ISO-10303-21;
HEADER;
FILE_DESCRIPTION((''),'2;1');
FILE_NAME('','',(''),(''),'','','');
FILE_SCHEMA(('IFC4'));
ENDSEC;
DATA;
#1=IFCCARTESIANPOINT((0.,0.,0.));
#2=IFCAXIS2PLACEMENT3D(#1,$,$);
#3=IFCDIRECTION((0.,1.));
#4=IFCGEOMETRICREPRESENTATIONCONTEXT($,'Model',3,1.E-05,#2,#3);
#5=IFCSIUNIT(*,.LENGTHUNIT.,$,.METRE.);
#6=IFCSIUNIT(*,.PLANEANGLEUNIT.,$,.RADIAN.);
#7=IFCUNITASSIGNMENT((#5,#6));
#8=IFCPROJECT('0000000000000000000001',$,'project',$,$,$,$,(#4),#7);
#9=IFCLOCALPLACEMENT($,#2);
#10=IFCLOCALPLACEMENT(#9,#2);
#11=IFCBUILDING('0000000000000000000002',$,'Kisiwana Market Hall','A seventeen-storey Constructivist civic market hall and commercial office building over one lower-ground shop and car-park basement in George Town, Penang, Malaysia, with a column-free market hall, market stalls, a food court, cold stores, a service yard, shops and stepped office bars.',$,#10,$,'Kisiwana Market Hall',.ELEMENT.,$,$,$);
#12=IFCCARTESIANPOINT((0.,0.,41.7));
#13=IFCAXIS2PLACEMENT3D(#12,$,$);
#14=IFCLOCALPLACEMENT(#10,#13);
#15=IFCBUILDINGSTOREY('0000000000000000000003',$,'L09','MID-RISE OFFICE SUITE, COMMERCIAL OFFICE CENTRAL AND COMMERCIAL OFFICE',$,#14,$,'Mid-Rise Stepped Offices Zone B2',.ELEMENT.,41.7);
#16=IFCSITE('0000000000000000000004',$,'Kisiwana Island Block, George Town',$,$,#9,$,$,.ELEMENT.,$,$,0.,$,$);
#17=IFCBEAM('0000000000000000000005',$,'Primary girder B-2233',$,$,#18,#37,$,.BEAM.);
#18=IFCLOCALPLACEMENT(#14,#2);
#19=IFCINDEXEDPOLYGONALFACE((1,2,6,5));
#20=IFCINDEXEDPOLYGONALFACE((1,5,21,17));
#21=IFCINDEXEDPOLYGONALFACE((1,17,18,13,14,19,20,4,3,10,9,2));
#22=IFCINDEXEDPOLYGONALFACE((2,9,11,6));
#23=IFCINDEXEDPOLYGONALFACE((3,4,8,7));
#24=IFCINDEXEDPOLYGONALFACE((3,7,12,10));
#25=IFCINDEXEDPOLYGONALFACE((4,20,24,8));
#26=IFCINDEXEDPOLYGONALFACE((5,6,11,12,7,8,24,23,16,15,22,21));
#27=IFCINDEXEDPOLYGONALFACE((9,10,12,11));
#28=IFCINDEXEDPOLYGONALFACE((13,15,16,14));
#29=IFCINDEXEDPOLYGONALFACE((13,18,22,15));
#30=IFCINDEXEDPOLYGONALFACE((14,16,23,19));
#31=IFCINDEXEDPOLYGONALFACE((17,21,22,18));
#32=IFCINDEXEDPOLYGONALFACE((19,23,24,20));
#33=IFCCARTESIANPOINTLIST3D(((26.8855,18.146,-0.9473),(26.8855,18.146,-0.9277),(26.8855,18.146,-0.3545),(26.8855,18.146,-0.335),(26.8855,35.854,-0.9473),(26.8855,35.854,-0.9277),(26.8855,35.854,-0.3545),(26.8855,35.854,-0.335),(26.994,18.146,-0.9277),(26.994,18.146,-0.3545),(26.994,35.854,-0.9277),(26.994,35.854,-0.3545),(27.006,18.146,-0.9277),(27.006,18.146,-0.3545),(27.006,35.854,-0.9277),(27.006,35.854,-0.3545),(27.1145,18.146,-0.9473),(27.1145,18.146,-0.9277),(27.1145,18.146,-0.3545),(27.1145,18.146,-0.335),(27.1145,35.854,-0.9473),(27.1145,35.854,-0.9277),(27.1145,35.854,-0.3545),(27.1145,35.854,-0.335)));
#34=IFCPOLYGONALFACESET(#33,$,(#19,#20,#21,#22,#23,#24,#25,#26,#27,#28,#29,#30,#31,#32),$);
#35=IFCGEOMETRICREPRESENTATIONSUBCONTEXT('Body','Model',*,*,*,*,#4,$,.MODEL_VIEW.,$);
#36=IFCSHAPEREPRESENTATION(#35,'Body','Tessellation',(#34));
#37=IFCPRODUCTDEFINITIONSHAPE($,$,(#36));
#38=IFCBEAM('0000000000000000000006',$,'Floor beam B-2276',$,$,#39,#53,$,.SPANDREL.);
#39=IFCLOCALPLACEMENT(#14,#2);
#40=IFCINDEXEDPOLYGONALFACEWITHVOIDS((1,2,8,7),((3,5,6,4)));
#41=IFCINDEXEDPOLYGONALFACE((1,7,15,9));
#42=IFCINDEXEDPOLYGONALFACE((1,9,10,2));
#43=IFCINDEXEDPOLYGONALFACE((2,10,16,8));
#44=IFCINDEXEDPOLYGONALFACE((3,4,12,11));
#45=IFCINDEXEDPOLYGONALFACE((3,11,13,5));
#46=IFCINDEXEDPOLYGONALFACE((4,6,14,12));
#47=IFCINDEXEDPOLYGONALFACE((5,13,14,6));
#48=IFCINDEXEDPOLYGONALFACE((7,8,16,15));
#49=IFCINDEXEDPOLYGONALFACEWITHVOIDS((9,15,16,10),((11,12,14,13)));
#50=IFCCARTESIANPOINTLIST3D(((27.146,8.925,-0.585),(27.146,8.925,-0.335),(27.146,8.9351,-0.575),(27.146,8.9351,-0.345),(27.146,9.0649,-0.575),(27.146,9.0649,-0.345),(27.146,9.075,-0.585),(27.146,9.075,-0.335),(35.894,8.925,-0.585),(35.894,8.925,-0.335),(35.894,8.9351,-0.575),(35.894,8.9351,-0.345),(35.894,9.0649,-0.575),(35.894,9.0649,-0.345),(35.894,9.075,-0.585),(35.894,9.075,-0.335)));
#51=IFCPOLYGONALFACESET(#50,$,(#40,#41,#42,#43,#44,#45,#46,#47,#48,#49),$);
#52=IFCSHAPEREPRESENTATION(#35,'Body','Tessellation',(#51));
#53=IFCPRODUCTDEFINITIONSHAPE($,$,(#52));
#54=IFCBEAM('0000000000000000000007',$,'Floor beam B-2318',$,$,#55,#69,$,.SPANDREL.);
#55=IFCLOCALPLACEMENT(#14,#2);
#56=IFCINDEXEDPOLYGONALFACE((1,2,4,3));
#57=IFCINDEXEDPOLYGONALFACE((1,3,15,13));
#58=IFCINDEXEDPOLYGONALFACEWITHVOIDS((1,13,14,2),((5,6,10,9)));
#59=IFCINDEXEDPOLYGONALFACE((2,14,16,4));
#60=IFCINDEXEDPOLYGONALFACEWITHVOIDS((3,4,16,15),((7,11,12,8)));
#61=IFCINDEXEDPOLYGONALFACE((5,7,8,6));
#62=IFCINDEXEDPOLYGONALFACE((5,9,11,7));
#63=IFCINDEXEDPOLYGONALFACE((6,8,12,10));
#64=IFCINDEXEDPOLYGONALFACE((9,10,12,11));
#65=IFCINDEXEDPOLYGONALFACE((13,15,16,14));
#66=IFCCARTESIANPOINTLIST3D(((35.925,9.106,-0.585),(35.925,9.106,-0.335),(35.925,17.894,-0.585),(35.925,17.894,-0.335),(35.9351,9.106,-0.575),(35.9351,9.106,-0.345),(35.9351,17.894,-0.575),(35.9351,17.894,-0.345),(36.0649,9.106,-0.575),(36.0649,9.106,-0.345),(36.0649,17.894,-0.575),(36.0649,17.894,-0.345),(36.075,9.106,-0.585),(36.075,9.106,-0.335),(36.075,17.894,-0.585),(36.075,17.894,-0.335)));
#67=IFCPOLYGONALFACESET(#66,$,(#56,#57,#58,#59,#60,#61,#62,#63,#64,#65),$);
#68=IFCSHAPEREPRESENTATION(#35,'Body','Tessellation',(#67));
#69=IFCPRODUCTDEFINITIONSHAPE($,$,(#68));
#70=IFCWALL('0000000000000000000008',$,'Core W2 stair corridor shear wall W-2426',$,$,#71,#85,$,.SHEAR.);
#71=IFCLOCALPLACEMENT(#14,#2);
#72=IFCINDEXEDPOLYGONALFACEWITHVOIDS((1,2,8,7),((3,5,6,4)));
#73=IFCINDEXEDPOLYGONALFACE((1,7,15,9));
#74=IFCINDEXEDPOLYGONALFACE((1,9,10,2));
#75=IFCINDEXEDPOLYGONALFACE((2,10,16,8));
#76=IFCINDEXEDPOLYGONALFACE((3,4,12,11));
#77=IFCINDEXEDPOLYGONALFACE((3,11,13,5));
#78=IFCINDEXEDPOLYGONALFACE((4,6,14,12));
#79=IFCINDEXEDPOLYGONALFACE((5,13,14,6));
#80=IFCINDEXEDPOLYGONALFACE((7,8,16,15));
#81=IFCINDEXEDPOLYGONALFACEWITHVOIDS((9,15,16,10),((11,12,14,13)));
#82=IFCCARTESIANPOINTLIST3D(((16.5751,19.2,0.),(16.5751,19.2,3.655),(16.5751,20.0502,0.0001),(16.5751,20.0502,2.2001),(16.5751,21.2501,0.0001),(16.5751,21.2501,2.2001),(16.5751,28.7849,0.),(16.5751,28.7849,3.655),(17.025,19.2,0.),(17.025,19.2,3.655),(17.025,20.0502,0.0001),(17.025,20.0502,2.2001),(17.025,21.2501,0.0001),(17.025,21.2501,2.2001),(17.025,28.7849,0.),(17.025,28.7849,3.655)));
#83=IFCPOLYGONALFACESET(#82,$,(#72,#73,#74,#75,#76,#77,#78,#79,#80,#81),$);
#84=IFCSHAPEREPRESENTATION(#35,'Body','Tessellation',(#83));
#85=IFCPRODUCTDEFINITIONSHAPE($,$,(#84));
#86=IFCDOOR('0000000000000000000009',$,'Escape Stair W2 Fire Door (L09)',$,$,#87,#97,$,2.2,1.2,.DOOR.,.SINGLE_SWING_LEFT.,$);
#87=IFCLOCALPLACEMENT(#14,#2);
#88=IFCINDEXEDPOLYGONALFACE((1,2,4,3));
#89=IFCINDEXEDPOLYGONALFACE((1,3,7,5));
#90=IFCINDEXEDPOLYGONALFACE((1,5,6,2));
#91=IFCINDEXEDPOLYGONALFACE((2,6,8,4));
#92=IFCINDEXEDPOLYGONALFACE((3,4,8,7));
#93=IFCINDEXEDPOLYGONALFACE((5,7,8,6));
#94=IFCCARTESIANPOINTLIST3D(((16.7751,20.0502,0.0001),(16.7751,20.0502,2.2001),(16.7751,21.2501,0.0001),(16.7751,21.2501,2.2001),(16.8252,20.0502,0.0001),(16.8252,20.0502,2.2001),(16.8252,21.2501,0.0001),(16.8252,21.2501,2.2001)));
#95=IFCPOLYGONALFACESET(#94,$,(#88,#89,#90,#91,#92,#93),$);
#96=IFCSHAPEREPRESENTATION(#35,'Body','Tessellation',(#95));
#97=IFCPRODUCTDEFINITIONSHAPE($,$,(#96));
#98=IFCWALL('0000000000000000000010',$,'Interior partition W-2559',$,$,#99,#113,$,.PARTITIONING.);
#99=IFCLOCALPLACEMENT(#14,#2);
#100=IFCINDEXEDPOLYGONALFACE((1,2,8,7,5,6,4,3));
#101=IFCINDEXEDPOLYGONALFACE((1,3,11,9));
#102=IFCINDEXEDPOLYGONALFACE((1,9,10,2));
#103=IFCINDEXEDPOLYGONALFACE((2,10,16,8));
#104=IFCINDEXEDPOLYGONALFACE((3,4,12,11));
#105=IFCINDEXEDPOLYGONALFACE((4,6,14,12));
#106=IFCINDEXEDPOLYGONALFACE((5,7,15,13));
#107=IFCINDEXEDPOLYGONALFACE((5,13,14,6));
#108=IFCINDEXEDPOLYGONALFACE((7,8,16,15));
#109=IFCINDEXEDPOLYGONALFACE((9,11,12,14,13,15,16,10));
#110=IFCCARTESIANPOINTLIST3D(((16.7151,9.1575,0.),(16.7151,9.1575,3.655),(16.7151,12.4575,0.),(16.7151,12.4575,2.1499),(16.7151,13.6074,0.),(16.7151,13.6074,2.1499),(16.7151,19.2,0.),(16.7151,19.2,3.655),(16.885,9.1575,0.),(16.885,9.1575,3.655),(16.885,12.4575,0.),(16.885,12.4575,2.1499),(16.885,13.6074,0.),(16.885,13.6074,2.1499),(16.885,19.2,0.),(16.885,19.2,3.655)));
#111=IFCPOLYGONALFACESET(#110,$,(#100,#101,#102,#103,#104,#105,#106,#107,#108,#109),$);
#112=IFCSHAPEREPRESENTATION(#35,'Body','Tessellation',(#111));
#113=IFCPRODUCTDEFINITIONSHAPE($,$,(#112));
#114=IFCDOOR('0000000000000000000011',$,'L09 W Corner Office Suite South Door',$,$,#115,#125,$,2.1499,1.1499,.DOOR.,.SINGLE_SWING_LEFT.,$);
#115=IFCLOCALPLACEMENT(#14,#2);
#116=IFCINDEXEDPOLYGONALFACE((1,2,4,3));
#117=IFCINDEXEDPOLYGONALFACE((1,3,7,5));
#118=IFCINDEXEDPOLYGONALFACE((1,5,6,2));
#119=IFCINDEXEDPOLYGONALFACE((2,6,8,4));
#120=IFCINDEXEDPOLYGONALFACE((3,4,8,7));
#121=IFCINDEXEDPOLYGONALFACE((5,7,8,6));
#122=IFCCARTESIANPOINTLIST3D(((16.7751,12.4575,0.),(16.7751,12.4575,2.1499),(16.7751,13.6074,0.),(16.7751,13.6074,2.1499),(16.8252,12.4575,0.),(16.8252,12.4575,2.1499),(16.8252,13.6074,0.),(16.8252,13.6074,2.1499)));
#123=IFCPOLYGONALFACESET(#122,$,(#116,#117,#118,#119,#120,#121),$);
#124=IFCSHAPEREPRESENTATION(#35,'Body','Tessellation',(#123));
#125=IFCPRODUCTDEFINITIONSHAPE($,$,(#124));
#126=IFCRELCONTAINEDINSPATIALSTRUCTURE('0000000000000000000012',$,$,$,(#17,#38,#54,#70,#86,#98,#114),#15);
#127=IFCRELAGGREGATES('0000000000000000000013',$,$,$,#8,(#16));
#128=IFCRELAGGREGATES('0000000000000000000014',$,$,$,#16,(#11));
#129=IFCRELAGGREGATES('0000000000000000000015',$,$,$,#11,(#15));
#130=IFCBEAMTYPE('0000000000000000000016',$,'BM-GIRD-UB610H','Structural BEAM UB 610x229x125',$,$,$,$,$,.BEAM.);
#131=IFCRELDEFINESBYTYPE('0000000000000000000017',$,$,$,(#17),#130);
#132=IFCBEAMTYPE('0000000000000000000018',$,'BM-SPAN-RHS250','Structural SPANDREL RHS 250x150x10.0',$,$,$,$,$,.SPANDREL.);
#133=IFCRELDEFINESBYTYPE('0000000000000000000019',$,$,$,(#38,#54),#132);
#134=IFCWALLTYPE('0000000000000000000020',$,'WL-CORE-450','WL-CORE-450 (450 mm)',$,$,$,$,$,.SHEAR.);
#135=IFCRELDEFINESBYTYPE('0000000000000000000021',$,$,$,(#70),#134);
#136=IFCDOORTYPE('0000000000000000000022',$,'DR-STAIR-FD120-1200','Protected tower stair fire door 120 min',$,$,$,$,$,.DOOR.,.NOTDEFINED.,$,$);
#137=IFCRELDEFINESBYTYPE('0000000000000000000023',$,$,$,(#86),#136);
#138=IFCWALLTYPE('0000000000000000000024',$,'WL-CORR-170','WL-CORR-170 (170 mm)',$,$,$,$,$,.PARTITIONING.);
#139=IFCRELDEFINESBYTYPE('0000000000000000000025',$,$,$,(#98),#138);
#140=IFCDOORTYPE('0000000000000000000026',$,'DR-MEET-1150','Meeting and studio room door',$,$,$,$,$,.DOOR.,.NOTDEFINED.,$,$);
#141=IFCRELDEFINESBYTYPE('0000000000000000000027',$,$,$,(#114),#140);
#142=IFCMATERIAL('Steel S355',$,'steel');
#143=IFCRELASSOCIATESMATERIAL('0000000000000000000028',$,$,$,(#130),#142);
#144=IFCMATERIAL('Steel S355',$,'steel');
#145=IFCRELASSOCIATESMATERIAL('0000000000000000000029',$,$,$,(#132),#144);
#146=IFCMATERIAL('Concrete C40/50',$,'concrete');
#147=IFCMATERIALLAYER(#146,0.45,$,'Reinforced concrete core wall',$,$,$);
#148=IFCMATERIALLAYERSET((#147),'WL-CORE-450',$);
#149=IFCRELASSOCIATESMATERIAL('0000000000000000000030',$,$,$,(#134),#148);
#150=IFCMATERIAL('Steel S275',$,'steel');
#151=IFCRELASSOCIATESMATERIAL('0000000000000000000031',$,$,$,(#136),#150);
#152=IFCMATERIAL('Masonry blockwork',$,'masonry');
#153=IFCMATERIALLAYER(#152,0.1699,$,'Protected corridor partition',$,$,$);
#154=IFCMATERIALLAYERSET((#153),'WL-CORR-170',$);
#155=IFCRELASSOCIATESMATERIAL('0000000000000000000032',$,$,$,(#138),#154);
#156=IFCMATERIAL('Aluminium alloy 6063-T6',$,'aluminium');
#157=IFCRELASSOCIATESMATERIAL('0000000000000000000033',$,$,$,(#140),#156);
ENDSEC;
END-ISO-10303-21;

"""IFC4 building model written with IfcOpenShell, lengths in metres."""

from ifc_helpers import new_model, si_unit, direction, frame, frame_2d, origin, origin_2d, place, context, subcontext, project, spatial, rectangle, hollow_rectangle, i_section, extrude, material, layer, layer_set, material_profile, profile_set, type_object, element, fill, save


model = new_model("IFC4")

# Units and contexts
model_context = context("Model", 3, precision=1e-05, world=origin(), true_north=direction((0.0, 1.0)))
body_context = subcontext(model_context, "Body", "Model", "MODEL_VIEW")
ifc_project = project(units=[si_unit("LENGTHUNIT", "METRE"), si_unit("PLANEANGLEUNIT", "RADIAN")], contexts=[model_context])

# Site, building, storey
site_placement = place(None, origin())
site = spatial("IfcSite", under=ifc_project, at=site_placement, Name="Kisiwana Island Block, George Town", CompositionType="ELEMENT", RefElevation=0.0)
building_placement = place(site_placement, origin())
building = spatial("IfcBuilding", under=site, at=building_placement, Name="Kisiwana Market Hall", Description="A seventeen-storey Constructivist civic market hall and commercial office building over one lower-ground shop and car-park basement in George Town, Penang, Malaysia, with a column-free market hall, market stalls, a food court, cold stores, a service yard, shops and stepped office bars.", LongName="Kisiwana Market Hall", CompositionType="ELEMENT")
storey_placement = place(building_placement, frame((0.0, 0.0, 41.7)))
storey = spatial("IfcBuildingStorey", under=building, at=storey_placement, Name="L09", Description="MID-RISE OFFICE SUITE, COMMERCIAL OFFICE CENTRAL AND COMMERCIAL OFFICE", LongName="Mid-Rise Stepped Offices Zone B2", CompositionType="ELEMENT", Elevation=41.7)

# Beams
ifc_material_1 = material(Name="Steel S355", Category="steel")
ifc_material_profile_1 = material_profile(ifc_material_1, i_section(OverallWidth=0.229, OverallDepth=0.6123, WebThickness=0.012, FlangeThickness=0.0195, at=origin_2d()), Name="UB 610x229x125")
ifc_profile_set_1 = profile_set([ifc_material_profile_1], Name="Steel S355")
beam_type_1 = type_object("IfcBeamType", Name="BM-GIRD-UB610H", Description="Structural BEAM UB 610x229x125", PredefinedType="BEAM", material=ifc_profile_set_1)
beam_1_placement = place(storey_placement, frame((27.0, 18.146, -0.6411), z_axis=(0.0, 1.0, 0.0), x_axis=(-1.0, 0.0, 0.0)))
element("IfcBeam", 1, at=beam_1_placement, inside=storey, type_object=beam_type_1, Name="Primary girder B-2233", PredefinedType="BEAM", context=body_context, shape_type="SweptSolid", body=[
    extrude(i_section(OverallWidth=0.229, OverallDepth=0.6123, WebThickness=0.012, FlangeThickness=0.0195, at=origin_2d()), origin(), (0.0, 0.0, 1.0), 17.708),
])
ifc_material_2 = material(Name="Steel S355", Category="steel")
ifc_material_profile_2 = material_profile(ifc_material_2, hollow_rectangle(XDim=0.1499, YDim=0.25, WallThickness=0.01, at=origin_2d()), Name="RHS 250x150x10.0")
ifc_profile_set_2 = profile_set([ifc_material_profile_2], Name="Steel S355")
beam_type_2 = type_object("IfcBeamType", Name="BM-SPAN-RHS250", Description="Structural SPANDREL RHS 250x150x10.0", PredefinedType="SPANDREL", material=ifc_profile_set_2)
beam_2_placement = place(storey_placement, frame((27.146, 9.0, -0.46), z_axis=(1.0, 0.0, 0.0), x_axis=(0.0, 1.0, 0.0)))
element("IfcBeam", 2, at=beam_2_placement, inside=storey, type_object=beam_type_2, Name="Floor beam B-2276", PredefinedType="SPANDREL", context=body_context, shape_type="SweptSolid", body=[
    extrude(hollow_rectangle(XDim=0.1499, YDim=0.25, WallThickness=0.01, at=origin_2d()), origin(), (0.0, 0.0, 1.0), 8.748),
])
beam_3_placement = place(storey_placement, frame((36.0, 9.106, -0.46), z_axis=(0.0, 1.0, 0.0), x_axis=(-1.0, 0.0, 0.0)))
element("IfcBeam", 3, at=beam_3_placement, inside=storey, type_object=beam_type_2, Name="Floor beam B-2318", PredefinedType="SPANDREL", context=body_context, shape_type="SweptSolid", body=[
    extrude(hollow_rectangle(XDim=0.1499, YDim=0.25, WallThickness=0.01, at=origin_2d()), origin(), (0.0, 0.0, 1.0), 8.7881),
])

# Walls, openings, doors
ifc_material_3 = material(Name="Concrete C40/50", Category="concrete")
ifc_layer_1 = layer(ifc_material_3, 0.45, Name="Reinforced concrete core wall")
ifc_layer_set_1 = layer_set([ifc_layer_1], Name="WL-CORE-450")
wall_type_1 = type_object("IfcWallType", Name="WL-CORE-450", Description="WL-CORE-450 (450 mm)", PredefinedType="SHEAR", material=ifc_layer_set_1)
wall_1_placement = place(storey_placement, frame((16.8, 19.2, 0.0), z_axis=(0.0, 0.0, 1.0), x_axis=(0.0, 1.0, 0.0)))
wall_1 = element("IfcWall", 4, at=wall_1_placement, inside=storey, type_object=wall_type_1, Name="Core W2 stair corridor shear wall W-2426", PredefinedType="SHEAR", context=body_context, shape_type="SweptSolid", body=[
    extrude(rectangle(XDim=9.585, YDim=0.45, at=frame_2d((4.7925, 0.0))), origin(), (0.0, 0.0, 1.0), 3.655),
])
opening_1_placement = place(wall_1_placement, frame((0.8501, 0.0, 0.0)))
opening_1 = element("IfcOpeningElement", 5, at=opening_1_placement, cuts=wall_1, PredefinedType="OPENING", context=body_context, shape_type="SweptSolid", body=[
    extrude(rectangle(XDim=1.2, YDim=2.2, at=frame_2d((0.6001, 1.1001))), frame((0.0, 0.2368, 0.0), z_axis=(0.0, -1.0, 0.0), x_axis=(1.0, 0.0, 0.0)), (0.0, 0.0, 1.0), 0.4739),
])
ifc_material_4 = material(Name="Steel S275", Category="steel")
door_type_1 = type_object("IfcDoorType", Name="DR-STAIR-FD120-1200", Description="Protected tower stair fire door 120 min", OperationType="NOTDEFINED", PredefinedType="DOOR", material=ifc_material_4)
door_1_placement = place(opening_1_placement, origin())
door_1 = element("IfcDoor", 6, at=door_1_placement, inside=storey, type_object=door_type_1, Name="Escape Stair W2 Fire Door (L09)", OperationType="SINGLE_SWING_LEFT", OverallHeight=2.2, OverallWidth=1.2, PredefinedType="DOOR", context=body_context, shape_type="SweptSolid", body=[
    extrude(rectangle(XDim=1.2, YDim=2.2, at=frame_2d((0.6001, 1.1001))), frame((0.0, 0.0249, 0.0), z_axis=(0.0, -1.0, 0.0), x_axis=(1.0, 0.0, 0.0)), (0.0, 0.0, 1.0), 0.05),
])
fill(opening_1, door_1)
ifc_material_5 = material(Name="Masonry blockwork", Category="masonry")
ifc_layer_2 = layer(ifc_material_5, 0.1699, Name="Protected corridor partition")
ifc_layer_set_2 = layer_set([ifc_layer_2], Name="WL-CORR-170")
wall_type_2 = type_object("IfcWallType", Name="WL-CORR-170", Description="WL-CORR-170 (170 mm)", PredefinedType="PARTITIONING", material=ifc_layer_set_2)
wall_2_placement = place(storey_placement, frame((16.8, 9.1575, 0.0), z_axis=(0.0, 0.0, 1.0), x_axis=(0.0, 1.0, 0.0)))
wall_2 = element("IfcWall", 7, at=wall_2_placement, inside=storey, type_object=wall_type_2, Name="Interior partition W-2559", PredefinedType="PARTITIONING", context=body_context, shape_type="SweptSolid", body=[
    extrude(rectangle(XDim=10.0425, YDim=0.1699, at=frame_2d((5.0212, 0.0))), origin(), (0.0, 0.0, 1.0), 3.655),
])
opening_2_placement = place(wall_2_placement, frame((3.3, 0.0, 0.0)))
opening_2 = element("IfcOpeningElement", 8, at=opening_2_placement, cuts=wall_2, PredefinedType="OPENING", context=body_context, shape_type="SweptSolid", body=[
    extrude(rectangle(XDim=1.1499, YDim=2.1499, at=frame_2d((0.575, 1.075))), frame((0.0, 0.0969, 0.0), z_axis=(0.0, -1.0, 0.0), x_axis=(1.0, 0.0, 0.0)), (0.0, 0.0, 1.0), 0.1938),
])
ifc_material_6 = material(Name="Aluminium alloy 6063-T6", Category="aluminium")
door_type_2 = type_object("IfcDoorType", Name="DR-MEET-1150", Description="Meeting and studio room door", OperationType="NOTDEFINED", PredefinedType="DOOR", material=ifc_material_6)
door_2_placement = place(opening_2_placement, origin())
door_2 = element("IfcDoor", 9, at=door_2_placement, inside=storey, type_object=door_type_2, Name="L09 W Corner Office Suite South Door", OperationType="SINGLE_SWING_LEFT", OverallHeight=2.1499, OverallWidth=1.1499, PredefinedType="DOOR", context=body_context, shape_type="SweptSolid", body=[
    extrude(rectangle(XDim=1.1499, YDim=2.1499, at=frame_2d((0.575, 1.075))), frame((0.0, 0.0249, 0.0), z_axis=(0.0, -1.0, 0.0), x_axis=(1.0, 0.0, 0.0)), (0.0, 0.0, 1.0), 0.05),
])
fill(opening_2, door_2)

save(model, "model.ifc")
